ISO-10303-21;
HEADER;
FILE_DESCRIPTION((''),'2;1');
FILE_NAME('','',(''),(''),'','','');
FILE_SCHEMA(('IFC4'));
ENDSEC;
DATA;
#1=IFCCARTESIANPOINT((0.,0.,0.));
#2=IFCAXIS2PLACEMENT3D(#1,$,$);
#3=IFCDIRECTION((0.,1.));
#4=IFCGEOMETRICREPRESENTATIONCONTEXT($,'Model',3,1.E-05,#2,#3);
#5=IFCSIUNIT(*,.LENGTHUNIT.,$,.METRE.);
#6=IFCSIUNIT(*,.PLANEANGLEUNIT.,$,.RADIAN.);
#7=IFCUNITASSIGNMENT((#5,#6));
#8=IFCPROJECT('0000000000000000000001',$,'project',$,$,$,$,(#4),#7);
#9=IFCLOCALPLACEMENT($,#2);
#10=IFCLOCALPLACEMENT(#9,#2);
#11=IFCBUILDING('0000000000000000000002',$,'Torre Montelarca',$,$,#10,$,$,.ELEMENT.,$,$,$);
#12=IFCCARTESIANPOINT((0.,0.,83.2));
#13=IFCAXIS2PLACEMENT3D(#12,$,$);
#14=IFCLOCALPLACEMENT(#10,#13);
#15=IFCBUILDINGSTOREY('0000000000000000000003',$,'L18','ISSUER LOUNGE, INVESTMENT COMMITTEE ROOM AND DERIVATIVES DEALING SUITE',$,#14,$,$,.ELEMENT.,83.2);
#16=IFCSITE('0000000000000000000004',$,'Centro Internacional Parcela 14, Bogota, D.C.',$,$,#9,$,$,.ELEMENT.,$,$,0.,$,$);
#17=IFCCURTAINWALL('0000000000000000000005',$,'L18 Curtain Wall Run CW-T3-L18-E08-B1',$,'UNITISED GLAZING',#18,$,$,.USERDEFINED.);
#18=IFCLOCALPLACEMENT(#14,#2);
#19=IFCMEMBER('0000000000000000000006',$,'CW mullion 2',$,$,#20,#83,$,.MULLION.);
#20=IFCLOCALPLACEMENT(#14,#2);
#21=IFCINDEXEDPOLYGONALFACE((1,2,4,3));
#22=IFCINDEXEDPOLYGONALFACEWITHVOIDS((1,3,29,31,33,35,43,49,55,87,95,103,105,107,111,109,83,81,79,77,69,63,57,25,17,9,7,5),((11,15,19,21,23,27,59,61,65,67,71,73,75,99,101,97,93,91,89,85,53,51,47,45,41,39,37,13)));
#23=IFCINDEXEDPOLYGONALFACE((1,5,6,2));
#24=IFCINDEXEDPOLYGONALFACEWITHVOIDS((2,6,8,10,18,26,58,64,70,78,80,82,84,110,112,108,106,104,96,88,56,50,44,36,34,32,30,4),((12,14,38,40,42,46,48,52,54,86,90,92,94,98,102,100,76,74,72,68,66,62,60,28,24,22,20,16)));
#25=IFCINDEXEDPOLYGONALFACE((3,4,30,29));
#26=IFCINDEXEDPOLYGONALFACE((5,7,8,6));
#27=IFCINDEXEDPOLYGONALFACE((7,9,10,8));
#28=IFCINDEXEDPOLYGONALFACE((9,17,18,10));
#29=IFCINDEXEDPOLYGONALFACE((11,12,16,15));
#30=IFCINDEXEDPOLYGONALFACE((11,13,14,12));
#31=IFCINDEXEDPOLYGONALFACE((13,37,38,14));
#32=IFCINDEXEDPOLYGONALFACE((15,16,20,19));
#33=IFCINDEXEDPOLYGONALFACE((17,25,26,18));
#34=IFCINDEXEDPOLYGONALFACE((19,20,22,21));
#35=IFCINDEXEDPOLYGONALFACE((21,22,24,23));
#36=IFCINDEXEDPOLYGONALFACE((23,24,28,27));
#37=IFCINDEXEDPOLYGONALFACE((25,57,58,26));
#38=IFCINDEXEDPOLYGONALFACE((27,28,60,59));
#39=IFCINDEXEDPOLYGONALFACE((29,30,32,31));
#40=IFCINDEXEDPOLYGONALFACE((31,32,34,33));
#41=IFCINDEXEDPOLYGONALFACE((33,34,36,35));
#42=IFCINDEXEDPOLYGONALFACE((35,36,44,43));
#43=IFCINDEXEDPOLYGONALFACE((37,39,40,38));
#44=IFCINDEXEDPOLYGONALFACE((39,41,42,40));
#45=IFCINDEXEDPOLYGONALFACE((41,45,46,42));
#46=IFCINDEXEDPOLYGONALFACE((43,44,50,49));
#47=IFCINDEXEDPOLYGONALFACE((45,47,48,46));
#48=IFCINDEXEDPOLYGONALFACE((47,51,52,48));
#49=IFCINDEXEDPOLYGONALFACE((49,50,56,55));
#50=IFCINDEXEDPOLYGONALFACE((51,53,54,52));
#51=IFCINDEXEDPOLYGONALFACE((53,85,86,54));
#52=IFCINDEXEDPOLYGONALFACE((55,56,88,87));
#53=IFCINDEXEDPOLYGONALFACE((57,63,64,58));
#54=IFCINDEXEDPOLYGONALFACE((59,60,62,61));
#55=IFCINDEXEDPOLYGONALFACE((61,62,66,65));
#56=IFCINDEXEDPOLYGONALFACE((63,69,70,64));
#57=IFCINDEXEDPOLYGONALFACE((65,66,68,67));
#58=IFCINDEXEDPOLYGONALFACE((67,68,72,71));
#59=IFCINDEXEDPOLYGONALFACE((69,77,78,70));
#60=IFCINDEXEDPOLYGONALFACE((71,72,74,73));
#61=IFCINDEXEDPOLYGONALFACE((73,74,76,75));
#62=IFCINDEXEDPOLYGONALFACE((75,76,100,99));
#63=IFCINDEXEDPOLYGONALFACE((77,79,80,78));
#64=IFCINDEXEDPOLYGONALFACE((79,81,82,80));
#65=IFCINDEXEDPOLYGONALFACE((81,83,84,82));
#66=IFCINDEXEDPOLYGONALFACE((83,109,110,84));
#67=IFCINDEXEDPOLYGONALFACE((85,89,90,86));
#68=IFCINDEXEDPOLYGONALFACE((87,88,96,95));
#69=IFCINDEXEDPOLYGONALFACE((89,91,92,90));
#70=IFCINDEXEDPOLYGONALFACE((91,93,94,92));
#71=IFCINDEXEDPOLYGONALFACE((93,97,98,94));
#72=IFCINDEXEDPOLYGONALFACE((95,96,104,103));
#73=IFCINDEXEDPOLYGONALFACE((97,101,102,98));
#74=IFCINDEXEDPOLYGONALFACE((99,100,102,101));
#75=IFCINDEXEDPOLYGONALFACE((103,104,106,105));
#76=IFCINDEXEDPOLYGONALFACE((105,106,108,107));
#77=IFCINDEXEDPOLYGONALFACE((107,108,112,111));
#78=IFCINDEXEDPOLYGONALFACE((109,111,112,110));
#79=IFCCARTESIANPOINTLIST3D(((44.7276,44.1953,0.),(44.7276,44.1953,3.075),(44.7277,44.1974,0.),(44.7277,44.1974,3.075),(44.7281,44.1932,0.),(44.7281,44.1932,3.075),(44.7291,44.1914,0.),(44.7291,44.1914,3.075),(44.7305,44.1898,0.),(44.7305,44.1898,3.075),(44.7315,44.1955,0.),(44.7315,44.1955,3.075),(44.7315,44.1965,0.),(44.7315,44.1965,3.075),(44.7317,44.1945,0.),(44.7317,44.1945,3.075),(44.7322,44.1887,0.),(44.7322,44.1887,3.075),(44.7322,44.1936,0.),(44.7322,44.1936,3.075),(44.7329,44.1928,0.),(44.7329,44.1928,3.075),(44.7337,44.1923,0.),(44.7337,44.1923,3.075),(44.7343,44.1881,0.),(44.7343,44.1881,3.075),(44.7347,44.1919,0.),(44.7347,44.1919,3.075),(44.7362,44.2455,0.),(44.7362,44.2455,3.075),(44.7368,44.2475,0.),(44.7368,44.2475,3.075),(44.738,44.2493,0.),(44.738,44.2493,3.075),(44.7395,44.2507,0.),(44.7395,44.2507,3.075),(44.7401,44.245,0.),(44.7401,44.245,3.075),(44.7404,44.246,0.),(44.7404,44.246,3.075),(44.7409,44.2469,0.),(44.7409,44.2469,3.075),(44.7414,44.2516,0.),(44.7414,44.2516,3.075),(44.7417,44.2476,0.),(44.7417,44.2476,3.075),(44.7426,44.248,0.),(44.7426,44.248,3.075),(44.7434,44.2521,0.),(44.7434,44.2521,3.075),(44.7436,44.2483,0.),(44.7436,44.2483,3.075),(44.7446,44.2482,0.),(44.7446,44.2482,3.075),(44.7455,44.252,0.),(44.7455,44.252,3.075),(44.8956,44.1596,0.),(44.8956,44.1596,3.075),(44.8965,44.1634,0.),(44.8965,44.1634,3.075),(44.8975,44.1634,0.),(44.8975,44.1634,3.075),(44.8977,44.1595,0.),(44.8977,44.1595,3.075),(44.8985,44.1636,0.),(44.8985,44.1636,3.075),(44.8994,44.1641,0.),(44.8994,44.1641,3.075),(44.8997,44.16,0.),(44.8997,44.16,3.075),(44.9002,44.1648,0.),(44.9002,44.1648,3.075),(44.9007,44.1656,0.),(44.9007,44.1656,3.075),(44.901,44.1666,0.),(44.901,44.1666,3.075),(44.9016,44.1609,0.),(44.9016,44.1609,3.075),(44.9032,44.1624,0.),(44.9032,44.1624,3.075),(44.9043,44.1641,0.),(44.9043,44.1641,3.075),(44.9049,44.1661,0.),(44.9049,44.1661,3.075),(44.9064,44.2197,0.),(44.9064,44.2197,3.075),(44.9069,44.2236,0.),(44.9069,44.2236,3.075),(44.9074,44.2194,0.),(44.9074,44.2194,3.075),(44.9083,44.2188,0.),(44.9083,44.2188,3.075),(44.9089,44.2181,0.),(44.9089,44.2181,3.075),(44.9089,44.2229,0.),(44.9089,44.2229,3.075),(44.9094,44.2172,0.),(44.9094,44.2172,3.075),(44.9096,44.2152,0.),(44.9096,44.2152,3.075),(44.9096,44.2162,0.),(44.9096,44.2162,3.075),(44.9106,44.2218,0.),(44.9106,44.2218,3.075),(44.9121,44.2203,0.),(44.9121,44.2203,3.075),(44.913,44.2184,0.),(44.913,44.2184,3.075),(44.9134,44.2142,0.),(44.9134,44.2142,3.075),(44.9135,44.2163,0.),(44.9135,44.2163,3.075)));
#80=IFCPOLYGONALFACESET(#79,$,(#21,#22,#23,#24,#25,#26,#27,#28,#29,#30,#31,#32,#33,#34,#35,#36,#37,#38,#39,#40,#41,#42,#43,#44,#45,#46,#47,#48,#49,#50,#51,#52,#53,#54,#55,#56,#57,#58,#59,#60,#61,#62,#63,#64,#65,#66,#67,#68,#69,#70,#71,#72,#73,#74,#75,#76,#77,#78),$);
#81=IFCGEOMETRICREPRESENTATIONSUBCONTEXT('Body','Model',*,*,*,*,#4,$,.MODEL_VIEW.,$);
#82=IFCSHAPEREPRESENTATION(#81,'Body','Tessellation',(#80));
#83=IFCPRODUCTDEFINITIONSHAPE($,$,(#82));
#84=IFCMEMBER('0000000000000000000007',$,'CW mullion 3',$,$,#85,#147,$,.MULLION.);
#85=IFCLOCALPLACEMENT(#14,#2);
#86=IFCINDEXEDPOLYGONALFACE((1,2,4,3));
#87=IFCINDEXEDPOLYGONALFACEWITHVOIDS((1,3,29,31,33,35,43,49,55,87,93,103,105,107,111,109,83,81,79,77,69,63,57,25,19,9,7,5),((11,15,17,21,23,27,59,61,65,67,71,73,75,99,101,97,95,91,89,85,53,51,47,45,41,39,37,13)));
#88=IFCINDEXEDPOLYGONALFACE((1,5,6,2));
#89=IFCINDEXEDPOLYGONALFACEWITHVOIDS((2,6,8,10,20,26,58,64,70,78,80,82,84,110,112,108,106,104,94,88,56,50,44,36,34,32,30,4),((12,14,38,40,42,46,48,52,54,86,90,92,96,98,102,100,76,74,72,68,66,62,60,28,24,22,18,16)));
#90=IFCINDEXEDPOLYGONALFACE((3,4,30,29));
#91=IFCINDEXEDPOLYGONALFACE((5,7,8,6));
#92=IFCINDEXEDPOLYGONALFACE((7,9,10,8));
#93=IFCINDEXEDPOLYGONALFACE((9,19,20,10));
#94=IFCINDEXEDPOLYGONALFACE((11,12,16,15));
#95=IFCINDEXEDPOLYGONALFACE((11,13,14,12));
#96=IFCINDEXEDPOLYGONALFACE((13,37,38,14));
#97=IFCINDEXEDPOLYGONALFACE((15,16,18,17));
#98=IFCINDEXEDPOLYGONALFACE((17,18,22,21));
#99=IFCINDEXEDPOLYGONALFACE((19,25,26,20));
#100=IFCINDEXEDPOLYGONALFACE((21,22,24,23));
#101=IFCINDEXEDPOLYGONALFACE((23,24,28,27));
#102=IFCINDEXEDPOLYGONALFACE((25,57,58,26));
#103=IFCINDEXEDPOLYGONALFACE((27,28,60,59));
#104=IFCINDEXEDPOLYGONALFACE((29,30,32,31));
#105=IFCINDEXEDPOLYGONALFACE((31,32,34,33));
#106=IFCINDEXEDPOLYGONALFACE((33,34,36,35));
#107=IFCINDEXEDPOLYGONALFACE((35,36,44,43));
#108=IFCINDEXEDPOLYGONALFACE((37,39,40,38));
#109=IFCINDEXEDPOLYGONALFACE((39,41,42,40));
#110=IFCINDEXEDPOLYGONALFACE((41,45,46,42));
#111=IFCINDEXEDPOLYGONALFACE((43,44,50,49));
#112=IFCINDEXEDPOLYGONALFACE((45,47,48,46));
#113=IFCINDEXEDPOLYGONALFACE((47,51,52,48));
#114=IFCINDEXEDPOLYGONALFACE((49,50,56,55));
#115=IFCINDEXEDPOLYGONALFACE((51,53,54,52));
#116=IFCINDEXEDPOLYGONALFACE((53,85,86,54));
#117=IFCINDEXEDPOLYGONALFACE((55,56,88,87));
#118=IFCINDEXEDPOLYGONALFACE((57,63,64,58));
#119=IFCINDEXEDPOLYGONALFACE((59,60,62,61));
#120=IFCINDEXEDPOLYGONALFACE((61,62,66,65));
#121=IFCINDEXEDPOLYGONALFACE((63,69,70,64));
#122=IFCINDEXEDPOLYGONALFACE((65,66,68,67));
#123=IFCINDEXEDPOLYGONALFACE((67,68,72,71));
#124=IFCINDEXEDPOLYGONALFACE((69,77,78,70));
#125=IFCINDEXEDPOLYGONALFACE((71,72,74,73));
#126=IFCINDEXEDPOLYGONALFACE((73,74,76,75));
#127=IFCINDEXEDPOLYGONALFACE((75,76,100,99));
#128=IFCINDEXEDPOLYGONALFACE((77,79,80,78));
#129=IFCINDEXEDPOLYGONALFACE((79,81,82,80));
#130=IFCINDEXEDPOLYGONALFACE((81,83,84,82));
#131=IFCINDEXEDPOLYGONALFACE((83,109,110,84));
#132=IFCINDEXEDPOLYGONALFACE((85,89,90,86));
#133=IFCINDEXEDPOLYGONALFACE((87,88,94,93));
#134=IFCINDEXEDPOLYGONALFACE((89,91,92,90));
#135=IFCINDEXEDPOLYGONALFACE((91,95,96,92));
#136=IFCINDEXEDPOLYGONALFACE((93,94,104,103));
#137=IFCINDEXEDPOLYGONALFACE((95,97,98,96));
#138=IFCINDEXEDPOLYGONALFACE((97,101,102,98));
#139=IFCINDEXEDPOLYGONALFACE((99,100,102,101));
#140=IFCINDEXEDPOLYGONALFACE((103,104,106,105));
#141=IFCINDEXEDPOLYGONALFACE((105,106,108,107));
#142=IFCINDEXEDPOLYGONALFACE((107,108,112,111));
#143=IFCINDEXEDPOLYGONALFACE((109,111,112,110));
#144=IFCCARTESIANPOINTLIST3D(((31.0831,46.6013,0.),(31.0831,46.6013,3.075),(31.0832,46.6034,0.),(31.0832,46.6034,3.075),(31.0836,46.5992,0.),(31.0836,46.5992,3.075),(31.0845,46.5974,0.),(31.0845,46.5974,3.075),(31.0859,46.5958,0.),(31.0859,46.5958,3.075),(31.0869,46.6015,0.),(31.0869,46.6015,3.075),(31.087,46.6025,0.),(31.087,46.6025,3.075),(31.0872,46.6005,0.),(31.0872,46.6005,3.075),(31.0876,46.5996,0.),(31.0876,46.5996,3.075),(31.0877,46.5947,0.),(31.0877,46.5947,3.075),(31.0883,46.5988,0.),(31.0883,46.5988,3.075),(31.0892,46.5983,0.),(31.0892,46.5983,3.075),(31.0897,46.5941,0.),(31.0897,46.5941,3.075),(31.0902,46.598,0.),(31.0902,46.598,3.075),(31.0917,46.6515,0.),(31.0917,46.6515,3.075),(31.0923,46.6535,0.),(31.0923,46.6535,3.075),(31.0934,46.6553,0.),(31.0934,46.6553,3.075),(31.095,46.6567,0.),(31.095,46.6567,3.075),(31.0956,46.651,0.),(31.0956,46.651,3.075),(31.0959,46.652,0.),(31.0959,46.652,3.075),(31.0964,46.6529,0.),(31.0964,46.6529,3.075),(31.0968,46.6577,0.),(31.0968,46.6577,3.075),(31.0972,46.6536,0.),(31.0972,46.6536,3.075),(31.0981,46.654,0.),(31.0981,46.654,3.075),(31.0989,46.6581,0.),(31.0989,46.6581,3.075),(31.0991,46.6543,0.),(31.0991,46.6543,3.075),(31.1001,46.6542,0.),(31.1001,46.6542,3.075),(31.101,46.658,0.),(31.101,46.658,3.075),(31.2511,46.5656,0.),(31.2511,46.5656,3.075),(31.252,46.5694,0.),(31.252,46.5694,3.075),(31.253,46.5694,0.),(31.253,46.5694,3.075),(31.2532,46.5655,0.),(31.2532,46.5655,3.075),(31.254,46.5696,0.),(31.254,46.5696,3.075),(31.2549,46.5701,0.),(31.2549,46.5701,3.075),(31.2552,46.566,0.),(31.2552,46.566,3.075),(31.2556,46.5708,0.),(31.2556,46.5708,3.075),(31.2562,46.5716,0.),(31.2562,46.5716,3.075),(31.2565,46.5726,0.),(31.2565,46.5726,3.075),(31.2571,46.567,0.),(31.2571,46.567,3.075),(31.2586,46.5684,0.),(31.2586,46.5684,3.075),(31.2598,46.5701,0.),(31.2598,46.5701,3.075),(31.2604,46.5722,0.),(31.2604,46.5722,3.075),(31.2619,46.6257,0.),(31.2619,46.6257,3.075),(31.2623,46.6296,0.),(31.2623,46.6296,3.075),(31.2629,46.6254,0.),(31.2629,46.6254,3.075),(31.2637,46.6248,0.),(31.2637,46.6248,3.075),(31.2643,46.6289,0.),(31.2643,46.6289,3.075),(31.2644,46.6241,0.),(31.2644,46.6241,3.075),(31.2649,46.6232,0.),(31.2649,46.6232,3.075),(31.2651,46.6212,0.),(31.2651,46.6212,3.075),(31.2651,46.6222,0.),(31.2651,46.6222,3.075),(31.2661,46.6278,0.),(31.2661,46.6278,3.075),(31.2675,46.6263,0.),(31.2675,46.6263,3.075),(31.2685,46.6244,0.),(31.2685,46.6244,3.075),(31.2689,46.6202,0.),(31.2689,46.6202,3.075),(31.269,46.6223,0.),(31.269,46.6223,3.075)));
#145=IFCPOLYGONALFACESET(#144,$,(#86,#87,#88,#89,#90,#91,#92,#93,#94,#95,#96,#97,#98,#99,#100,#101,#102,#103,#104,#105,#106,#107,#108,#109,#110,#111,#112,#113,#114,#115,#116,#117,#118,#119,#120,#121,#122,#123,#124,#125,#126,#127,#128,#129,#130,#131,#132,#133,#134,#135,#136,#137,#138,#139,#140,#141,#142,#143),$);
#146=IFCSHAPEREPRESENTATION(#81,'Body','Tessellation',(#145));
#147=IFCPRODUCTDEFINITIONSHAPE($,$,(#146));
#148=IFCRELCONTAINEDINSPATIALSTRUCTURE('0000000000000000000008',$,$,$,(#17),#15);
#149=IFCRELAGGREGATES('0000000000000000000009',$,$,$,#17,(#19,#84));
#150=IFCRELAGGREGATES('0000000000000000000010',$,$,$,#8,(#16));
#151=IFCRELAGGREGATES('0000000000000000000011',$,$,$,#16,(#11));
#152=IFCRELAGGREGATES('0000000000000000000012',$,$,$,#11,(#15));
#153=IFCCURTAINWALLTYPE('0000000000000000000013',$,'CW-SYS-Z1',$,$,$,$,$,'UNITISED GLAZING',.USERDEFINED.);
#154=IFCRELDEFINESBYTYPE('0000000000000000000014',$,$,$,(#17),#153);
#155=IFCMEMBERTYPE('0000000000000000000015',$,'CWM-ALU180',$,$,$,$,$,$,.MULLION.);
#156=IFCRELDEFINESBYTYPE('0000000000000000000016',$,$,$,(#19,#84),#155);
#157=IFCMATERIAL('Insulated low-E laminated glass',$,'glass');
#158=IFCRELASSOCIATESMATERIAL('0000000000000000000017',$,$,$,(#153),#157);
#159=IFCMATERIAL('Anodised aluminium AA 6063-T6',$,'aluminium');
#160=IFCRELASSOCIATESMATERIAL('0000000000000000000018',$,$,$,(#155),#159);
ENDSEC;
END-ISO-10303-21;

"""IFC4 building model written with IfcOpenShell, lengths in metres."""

from ifc_helpers import new_model, si_unit, direction, frame, origin, origin_2d, place, context, subcontext, project, spatial, hollow_rectangle, extrude, source, transform, mapped, material, material_profile, profile_set, type_object, element, aggregate, save


model = new_model("IFC4")

# Units and contexts
model_context = context("Model", 3, precision=1e-05, world=origin(), true_north=direction((0.0, 1.0)))
body_context = subcontext(model_context, "Body", "Model", "MODEL_VIEW")
ifc_project = project(units=[si_unit("LENGTHUNIT", "METRE"), si_unit("PLANEANGLEUNIT", "RADIAN")], contexts=[model_context])

# Site, building, storey
site_placement = place(None, origin())
site = spatial("IfcSite", under=ifc_project, at=site_placement, Name="Centro Internacional Parcela 14, Bogota, D.C.", CompositionType="ELEMENT", RefElevation=0.0)
building_placement = place(site_placement, origin())
building = spatial("IfcBuilding", under=site, at=building_placement, Name="Torre Montelarca", CompositionType="ELEMENT")
storey_placement = place(building_placement, frame((0.0, 0.0, 83.2)))
storey = spatial("IfcBuildingStorey", under=building, at=storey_placement, Name="L18", Description="ISSUER LOUNGE, INVESTMENT COMMITTEE ROOM AND DERIVATIVES DEALING SUITE", CompositionType="ELEMENT", Elevation=83.2)

# Curtain wall, members
ifc_material_1 = material(Name="Insulated low-E laminated glass", Category="glass")
curtain_wall_type = type_object("IfcCurtainWallType", Name="CW-SYS-Z1", ElementType="UNITISED GLAZING", PredefinedType="USERDEFINED", material=ifc_material_1)
ifc_material_2 = material(Name="Anodised aluminium AA 6063-T6", Category="aluminium")
curtain_wall_1_placement = place(storey_placement, origin())
curtain_wall_1 = element("IfcCurtainWall", 1, at=curtain_wall_1_placement, inside=storey, type_object=curtain_wall_type, Name="L18 Curtain Wall Run CW-T3-L18-E08-B1", ObjectType="UNITISED GLAZING", PredefinedType="USERDEFINED")
ifc_material_profile_1 = material_profile(ifc_material_2, hollow_rectangle(XDim=0.0649, YDim=0.1799, WallThickness=0.0039, InnerFilletRadius=0.0039, OuterFilletRadius=0.0081, at=origin_2d()), Name="ALU65X180X4", Category="aluminium")
ifc_profile_set_1 = profile_set([ifc_material_profile_1], Name="Anodised aluminium AA 6063-T6")
member_type_1 = type_object("IfcMemberType", Name="CWM-ALU180", PredefinedType="MULLION", material=ifc_profile_set_1)
shared_shape_1 = source(origin(), body_context, "Body", "SweptSolid", [
    extrude(hollow_rectangle(XDim=0.0649, YDim=0.1799, WallThickness=0.0039, InnerFilletRadius=0.0039, OuterFilletRadius=0.0081, at=origin_2d()), origin(), (0.0, 0.0, 1.0), 3.075),
])
member_1_placement = place(storey_placement, frame((44.8206, 44.2058, 0.0), z_axis=(0.0, 0.0, 1.0), x_axis=(-0.173645, -0.984808, 0.0)))
member_1 = element("IfcMember", 2, at=member_1_placement, type_object=member_type_1, Name="CW mullion 2", PredefinedType="MULLION", context=body_context, shape_type="MappedRepresentation", body=[
    mapped(shared_shape_1, transform((0.0, 0.0, 0.0), scale=1.0)),
])
member_2_placement = place(storey_placement, frame((31.176, 46.6118, 0.0), z_axis=(0.0, 0.0, 1.0), x_axis=(-0.173645, -0.984808, 0.0)))
member_2 = element("IfcMember", 3, at=member_2_placement, type_object=member_type_1, Name="CW mullion 3", PredefinedType="MULLION", context=body_context, shape_type="MappedRepresentation", body=[
    mapped(shared_shape_1, transform((0.0, 0.0, 0.0), scale=1.0)),
])

aggregate(curtain_wall_1, [member_1, member_2])

save(model, "model.ifc")
